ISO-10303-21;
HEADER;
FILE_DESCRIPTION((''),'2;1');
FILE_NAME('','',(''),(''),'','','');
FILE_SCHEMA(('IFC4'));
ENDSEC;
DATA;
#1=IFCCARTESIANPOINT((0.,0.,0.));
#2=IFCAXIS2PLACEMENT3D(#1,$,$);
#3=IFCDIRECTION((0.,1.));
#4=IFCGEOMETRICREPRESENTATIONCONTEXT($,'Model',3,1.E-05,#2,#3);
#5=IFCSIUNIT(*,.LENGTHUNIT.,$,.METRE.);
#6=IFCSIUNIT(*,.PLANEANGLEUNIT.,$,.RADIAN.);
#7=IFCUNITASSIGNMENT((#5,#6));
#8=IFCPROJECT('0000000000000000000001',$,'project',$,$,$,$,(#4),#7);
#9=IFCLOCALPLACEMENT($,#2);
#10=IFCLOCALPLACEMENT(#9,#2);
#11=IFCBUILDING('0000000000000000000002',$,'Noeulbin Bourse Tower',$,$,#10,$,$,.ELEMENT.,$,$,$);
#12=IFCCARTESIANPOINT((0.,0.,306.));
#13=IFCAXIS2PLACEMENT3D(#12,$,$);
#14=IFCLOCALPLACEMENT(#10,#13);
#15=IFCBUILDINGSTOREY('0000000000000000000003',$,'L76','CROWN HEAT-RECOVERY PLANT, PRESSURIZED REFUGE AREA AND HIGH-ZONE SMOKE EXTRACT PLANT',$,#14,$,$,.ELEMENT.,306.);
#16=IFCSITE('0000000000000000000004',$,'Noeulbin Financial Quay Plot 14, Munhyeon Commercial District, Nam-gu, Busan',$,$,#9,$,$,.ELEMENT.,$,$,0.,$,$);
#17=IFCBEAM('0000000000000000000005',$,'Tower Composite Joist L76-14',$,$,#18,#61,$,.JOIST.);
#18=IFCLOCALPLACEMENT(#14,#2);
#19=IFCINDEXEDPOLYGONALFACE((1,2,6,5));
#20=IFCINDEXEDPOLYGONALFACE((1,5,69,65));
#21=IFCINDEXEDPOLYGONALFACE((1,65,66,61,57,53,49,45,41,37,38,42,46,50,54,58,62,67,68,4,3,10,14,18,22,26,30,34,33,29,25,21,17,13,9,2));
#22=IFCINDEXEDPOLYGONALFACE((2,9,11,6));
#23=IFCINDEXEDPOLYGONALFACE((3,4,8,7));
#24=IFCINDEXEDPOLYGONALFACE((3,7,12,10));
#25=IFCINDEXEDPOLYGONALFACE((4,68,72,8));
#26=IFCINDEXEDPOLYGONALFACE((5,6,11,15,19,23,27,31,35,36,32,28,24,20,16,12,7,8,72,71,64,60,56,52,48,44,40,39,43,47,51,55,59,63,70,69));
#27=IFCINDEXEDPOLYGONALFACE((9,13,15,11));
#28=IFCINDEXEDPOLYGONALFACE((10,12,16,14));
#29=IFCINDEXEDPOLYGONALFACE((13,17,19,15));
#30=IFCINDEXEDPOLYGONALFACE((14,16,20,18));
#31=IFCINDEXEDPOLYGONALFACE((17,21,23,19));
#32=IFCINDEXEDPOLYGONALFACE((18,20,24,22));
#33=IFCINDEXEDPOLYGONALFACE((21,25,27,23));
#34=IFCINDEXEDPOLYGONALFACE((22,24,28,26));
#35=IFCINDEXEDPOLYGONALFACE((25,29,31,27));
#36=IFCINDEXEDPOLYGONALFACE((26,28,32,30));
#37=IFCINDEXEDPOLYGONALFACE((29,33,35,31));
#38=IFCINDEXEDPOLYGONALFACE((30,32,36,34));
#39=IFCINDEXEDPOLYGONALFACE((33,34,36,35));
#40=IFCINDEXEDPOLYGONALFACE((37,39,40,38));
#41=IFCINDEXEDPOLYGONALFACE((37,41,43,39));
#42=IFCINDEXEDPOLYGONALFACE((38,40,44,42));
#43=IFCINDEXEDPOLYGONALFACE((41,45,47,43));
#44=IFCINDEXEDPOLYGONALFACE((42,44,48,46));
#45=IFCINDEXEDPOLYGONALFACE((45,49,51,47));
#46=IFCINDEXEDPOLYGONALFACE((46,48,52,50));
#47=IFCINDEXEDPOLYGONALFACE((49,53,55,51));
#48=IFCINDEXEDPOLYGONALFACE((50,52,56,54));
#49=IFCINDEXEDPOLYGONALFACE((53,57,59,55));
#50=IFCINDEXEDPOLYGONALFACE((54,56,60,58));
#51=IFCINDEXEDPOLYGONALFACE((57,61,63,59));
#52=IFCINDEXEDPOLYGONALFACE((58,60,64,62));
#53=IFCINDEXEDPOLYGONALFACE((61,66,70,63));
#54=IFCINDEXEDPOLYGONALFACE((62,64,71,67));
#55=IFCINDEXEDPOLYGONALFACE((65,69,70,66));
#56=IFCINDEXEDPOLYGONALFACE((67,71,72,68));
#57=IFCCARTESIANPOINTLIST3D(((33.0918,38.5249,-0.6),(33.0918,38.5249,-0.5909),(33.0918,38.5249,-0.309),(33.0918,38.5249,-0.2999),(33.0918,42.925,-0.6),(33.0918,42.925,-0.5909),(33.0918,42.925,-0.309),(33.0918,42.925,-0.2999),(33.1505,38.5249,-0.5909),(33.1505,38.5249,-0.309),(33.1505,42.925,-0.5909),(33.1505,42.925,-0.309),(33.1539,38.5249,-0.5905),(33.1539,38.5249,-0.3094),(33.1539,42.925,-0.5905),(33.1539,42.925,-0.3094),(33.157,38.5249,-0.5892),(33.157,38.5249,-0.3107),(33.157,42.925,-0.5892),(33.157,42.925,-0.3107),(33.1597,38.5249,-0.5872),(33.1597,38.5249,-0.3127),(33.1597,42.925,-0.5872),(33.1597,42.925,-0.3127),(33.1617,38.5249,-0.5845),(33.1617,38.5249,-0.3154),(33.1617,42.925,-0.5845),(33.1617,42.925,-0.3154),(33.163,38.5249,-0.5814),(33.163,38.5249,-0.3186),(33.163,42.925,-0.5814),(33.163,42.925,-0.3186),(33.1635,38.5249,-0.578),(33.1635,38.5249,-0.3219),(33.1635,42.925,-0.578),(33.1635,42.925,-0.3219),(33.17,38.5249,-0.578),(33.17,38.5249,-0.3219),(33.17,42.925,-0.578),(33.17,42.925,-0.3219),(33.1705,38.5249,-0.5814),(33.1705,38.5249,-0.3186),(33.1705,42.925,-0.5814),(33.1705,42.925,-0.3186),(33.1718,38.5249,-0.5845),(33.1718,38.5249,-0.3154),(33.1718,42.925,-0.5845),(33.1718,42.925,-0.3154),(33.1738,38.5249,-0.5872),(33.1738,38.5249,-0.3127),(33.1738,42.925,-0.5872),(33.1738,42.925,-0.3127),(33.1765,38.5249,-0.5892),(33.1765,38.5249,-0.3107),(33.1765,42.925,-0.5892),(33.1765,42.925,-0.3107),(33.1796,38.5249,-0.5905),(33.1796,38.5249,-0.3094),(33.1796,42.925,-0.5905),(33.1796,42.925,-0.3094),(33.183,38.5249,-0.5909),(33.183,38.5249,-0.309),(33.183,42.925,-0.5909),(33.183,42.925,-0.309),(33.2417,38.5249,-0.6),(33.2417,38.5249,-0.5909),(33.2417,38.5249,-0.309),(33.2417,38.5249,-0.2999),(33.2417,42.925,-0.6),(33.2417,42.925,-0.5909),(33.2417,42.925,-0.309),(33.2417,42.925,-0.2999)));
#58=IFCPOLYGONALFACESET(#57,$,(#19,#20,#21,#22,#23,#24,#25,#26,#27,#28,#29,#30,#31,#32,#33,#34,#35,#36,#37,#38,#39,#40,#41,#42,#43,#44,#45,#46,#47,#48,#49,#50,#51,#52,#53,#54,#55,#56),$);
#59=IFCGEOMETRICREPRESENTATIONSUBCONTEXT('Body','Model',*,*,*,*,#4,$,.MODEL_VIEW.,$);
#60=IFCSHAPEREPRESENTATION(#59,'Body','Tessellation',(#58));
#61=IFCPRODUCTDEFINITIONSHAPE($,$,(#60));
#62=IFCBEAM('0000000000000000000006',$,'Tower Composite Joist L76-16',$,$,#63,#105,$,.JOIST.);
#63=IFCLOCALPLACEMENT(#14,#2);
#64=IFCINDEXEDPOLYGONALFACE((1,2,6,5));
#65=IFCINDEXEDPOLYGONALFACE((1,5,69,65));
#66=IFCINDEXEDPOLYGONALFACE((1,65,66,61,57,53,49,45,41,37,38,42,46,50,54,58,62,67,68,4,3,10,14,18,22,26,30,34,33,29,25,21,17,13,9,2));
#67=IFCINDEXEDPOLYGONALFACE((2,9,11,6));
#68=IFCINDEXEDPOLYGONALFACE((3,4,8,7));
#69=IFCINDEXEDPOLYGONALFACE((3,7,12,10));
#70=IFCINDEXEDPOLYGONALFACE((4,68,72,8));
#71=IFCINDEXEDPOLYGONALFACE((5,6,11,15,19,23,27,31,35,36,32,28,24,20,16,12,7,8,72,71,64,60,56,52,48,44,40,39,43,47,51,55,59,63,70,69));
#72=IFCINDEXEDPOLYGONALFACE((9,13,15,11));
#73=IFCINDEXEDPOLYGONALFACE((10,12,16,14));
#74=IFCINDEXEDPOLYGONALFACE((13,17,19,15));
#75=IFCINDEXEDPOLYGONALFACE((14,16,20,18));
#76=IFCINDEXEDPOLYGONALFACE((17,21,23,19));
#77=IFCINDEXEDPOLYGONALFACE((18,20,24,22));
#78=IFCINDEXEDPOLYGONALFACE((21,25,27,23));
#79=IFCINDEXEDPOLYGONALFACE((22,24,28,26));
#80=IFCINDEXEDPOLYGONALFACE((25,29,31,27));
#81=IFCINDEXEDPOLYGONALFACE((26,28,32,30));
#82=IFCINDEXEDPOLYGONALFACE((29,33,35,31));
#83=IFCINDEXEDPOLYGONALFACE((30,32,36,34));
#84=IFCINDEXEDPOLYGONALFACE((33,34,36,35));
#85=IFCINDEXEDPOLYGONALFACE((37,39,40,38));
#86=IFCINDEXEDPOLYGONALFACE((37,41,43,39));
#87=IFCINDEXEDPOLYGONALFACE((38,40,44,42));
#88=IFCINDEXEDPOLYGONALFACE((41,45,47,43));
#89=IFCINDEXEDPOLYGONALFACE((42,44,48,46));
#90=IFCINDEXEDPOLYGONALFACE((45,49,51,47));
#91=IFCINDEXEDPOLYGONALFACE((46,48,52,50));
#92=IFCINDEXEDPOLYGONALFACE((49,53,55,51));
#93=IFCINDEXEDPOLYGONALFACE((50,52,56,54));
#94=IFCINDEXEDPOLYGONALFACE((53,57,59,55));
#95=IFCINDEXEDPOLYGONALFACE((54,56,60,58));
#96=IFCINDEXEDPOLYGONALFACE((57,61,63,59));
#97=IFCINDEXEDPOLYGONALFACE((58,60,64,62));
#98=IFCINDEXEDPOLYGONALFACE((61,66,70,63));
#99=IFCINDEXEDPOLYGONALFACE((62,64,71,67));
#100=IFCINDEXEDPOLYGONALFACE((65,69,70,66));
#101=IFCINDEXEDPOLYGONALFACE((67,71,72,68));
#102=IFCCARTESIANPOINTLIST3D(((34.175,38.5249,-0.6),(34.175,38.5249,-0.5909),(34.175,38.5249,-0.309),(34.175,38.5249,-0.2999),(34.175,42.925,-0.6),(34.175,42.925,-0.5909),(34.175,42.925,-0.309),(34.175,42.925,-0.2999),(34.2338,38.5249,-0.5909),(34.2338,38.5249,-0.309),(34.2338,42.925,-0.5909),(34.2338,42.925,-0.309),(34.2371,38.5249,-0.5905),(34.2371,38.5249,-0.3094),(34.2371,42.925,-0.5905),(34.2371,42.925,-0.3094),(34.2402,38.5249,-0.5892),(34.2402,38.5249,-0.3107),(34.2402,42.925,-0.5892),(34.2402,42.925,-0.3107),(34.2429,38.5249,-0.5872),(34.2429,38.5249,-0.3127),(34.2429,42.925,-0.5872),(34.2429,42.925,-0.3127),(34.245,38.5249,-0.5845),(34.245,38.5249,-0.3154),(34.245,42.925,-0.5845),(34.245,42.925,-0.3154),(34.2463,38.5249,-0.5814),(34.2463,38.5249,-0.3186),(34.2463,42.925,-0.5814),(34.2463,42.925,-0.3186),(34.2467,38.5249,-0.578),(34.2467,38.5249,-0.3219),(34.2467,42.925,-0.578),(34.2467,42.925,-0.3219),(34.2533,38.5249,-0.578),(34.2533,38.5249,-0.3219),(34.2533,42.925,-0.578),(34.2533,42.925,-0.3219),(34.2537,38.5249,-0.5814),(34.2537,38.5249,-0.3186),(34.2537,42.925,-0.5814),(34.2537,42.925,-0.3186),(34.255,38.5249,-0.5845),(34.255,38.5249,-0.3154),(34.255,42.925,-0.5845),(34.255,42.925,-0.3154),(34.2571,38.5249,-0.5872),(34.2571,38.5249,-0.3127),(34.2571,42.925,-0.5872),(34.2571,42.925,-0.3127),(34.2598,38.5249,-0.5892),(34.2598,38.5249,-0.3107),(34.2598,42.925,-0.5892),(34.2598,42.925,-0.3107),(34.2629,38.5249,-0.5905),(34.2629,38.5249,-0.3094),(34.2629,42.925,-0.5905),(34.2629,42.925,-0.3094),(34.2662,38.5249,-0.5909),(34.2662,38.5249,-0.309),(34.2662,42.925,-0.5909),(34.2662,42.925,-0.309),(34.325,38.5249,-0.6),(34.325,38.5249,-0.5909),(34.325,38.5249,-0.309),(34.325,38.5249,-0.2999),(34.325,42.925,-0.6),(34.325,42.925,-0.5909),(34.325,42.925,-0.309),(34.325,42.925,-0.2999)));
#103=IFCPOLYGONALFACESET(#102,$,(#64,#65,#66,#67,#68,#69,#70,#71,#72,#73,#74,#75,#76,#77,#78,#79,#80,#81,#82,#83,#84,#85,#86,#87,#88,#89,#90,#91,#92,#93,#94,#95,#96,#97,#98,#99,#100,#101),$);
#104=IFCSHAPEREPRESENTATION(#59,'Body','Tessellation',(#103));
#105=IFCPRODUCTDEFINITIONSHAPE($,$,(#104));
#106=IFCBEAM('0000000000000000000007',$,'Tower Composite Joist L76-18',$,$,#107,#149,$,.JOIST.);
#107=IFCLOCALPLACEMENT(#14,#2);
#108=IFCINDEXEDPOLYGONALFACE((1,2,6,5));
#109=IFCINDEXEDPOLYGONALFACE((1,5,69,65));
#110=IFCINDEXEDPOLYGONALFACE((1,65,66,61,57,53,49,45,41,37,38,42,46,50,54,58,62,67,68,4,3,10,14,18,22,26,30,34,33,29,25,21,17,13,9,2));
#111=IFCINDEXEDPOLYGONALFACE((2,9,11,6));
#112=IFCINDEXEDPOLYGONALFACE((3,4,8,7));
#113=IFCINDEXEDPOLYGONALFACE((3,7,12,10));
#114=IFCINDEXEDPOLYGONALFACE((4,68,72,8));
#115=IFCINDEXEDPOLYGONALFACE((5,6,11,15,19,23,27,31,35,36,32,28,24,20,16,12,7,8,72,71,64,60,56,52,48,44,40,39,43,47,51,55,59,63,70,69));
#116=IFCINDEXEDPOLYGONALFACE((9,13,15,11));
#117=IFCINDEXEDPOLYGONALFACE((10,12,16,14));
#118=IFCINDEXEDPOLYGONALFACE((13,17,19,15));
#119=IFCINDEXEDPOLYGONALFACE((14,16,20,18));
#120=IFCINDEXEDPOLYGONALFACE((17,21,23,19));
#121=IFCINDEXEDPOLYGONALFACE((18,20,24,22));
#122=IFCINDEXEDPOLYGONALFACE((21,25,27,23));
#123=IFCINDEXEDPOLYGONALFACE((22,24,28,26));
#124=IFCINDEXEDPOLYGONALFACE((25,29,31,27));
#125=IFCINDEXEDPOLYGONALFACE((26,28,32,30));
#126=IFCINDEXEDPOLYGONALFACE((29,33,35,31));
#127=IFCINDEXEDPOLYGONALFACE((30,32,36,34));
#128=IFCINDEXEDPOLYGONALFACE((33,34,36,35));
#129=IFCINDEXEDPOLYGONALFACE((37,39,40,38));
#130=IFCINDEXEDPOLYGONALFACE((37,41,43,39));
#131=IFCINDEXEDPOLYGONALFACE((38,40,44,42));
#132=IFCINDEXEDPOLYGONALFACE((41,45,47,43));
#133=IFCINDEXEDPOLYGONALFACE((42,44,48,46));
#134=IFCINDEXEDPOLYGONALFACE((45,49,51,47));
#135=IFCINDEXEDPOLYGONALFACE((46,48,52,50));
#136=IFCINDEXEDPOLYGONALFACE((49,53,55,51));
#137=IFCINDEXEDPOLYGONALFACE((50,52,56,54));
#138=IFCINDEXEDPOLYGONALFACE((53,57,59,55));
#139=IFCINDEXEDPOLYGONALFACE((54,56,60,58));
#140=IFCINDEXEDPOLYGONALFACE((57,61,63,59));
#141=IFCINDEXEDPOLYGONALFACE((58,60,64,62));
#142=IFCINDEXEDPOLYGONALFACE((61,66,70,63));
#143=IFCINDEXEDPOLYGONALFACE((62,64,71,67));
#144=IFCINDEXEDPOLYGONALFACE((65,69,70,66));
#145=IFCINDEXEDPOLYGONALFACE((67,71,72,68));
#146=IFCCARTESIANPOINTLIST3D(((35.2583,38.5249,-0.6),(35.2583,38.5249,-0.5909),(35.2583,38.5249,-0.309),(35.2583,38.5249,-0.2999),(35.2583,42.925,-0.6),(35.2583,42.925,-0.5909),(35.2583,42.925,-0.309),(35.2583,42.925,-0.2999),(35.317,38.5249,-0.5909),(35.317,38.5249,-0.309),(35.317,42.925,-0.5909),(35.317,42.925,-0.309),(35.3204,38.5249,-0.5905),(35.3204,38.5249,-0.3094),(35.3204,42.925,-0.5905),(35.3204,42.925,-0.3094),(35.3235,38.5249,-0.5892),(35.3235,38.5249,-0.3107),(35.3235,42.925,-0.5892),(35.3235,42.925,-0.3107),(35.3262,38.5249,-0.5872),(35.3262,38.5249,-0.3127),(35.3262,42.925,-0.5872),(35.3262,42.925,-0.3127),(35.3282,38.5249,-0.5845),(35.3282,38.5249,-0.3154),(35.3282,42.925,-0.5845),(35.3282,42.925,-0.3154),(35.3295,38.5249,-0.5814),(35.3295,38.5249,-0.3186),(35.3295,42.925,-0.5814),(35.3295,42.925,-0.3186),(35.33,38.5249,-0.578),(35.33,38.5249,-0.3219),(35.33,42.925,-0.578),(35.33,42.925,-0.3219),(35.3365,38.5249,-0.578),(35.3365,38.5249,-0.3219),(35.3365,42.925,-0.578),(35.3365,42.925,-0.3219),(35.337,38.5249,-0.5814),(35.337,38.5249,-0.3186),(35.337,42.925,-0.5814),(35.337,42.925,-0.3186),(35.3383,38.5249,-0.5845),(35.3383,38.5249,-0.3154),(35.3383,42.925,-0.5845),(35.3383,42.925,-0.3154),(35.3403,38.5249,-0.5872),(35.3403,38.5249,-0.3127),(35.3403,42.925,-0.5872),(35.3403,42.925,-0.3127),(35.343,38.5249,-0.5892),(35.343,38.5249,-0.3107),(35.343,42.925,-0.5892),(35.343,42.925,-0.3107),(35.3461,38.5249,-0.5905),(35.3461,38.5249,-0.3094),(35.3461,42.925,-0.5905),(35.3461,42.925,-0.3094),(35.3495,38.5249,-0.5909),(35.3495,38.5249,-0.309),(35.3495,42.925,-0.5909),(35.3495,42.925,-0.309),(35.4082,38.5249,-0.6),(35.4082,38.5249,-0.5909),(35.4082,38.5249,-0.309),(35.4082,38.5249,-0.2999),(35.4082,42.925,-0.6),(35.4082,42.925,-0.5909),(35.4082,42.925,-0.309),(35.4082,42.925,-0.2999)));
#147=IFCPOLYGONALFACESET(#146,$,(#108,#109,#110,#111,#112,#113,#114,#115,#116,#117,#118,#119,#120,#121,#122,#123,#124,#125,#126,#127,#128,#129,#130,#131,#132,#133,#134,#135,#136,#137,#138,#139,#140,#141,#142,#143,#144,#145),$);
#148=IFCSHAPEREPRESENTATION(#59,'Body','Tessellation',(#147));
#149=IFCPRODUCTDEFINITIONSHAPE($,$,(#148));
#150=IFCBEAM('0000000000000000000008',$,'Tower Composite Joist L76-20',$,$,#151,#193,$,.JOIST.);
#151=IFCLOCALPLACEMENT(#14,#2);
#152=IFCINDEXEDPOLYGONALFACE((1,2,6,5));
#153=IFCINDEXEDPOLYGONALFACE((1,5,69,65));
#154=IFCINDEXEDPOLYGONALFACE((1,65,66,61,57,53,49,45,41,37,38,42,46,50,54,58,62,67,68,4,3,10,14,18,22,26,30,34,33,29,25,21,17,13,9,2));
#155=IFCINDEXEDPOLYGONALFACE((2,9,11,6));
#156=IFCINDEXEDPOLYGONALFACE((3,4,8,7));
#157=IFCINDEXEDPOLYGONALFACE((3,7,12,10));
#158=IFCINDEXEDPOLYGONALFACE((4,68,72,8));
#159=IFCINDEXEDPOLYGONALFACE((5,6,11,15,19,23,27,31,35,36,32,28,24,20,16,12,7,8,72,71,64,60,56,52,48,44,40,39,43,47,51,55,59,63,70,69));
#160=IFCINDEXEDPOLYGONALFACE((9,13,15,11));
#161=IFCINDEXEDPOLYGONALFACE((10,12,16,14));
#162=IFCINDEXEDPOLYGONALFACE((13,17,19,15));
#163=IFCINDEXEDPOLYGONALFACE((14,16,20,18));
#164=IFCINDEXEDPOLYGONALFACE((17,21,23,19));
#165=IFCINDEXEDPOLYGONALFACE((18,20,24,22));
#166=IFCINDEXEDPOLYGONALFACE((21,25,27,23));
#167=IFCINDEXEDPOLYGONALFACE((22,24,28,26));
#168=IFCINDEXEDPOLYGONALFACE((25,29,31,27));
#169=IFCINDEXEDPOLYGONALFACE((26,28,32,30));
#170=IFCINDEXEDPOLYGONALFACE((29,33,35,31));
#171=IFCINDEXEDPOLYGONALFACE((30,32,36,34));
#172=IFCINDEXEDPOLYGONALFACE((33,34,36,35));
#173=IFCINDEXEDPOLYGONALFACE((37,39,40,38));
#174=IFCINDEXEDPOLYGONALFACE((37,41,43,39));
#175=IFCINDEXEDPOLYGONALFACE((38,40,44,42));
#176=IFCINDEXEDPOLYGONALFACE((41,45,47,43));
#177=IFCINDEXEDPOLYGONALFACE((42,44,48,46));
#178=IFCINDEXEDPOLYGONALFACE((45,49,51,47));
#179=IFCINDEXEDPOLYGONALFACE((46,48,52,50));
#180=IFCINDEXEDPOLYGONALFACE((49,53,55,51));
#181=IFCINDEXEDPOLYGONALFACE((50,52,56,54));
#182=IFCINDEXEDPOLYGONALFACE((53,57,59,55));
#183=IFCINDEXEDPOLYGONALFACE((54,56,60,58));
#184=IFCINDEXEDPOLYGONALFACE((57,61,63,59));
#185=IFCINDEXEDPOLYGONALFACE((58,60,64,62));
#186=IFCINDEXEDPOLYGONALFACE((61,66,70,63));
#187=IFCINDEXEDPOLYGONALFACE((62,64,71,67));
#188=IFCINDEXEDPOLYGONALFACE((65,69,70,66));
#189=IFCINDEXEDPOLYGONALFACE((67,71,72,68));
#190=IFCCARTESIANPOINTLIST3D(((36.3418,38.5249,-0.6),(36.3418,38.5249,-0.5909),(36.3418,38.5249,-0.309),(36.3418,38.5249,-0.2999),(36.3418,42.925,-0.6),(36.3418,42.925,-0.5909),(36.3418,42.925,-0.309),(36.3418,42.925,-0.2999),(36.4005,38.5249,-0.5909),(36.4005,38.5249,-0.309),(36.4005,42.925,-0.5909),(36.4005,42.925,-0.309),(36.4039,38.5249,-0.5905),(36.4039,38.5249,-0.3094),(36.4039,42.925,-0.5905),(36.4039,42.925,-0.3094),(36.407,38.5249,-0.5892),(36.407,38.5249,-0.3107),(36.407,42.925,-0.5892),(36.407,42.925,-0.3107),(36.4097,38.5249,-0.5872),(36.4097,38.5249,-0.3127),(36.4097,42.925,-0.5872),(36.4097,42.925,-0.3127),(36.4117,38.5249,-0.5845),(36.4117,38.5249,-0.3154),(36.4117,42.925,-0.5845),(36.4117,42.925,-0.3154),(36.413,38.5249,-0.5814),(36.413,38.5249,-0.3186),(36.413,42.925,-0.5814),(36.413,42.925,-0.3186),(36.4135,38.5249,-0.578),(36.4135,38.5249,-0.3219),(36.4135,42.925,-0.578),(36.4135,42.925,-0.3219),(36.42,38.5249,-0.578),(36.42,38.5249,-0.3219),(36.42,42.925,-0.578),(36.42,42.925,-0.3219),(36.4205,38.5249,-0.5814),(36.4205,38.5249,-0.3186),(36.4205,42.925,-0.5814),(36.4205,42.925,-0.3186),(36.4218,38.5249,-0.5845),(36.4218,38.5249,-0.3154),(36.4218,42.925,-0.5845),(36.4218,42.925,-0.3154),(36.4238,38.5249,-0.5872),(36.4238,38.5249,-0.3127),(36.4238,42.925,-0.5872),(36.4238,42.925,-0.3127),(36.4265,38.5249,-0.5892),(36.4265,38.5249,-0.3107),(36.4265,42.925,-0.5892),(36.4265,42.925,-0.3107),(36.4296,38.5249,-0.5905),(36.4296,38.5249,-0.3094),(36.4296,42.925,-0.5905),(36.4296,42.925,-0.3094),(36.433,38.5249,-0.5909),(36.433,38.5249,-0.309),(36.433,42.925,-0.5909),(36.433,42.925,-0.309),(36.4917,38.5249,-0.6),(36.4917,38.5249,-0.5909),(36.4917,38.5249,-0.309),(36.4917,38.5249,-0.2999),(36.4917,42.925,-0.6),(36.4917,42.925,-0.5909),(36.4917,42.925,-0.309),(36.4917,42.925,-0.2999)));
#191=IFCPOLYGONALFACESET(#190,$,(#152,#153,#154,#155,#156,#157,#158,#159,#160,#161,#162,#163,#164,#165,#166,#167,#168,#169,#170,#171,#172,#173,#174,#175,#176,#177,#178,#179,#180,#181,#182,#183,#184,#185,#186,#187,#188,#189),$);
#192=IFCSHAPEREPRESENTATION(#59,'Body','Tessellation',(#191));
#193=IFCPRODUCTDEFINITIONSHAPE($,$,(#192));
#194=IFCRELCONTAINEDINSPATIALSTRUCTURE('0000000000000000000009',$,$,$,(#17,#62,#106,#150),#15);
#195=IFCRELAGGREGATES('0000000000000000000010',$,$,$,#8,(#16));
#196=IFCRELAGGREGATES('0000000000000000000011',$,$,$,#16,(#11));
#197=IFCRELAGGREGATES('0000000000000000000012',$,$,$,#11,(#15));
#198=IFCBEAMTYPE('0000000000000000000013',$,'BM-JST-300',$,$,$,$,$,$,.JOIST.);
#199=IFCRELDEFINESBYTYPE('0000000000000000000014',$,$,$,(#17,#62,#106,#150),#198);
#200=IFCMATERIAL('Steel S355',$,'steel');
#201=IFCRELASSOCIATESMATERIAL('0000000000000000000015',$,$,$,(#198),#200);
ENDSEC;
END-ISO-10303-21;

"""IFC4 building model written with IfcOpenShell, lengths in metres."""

from ifc_helpers import new_model, si_unit, direction, frame, origin, origin_2d, place, context, subcontext, project, spatial, i_section, extrude, material, material_profile, profile_set, type_object, element, save


model = new_model("IFC4")

# Units and contexts
model_context = context("Model", 3, precision=1e-05, world=origin(), true_north=direction((0.0, 1.0)))
body_context = subcontext(model_context, "Body", "Model", "MODEL_VIEW")
ifc_project = project(units=[si_unit("LENGTHUNIT", "METRE"), si_unit("PLANEANGLEUNIT", "RADIAN")], contexts=[model_context])

# Site, building, storey
site_placement = place(None, origin())
site = spatial("IfcSite", under=ifc_project, at=site_placement, Name="Noeulbin Financial Quay Plot 14, Munhyeon Commercial District, Nam-gu, Busan", CompositionType="ELEMENT", RefElevation=0.0)
building_placement = place(site_placement, origin())
building = spatial("IfcBuilding", under=site, at=building_placement, Name="Noeulbin Bourse Tower", CompositionType="ELEMENT")
storey_placement = place(building_placement, frame((0.0, 0.0, 306.0)))
storey = spatial("IfcBuildingStorey", under=building, at=storey_placement, Name="L76", Description="CROWN HEAT-RECOVERY PLANT, PRESSURIZED REFUGE AREA AND HIGH-ZONE SMOKE EXTRACT PLANT", CompositionType="ELEMENT", Elevation=306.0)

# Shared definitions
ifc_material_1 = material(Name="Steel S355", Category="steel")

# Beams
ifc_material_profile_1 = material_profile(ifc_material_1, i_section(OverallWidth=0.1499, OverallDepth=0.3, WebThickness=0.0066, FlangeThickness=0.009, FilletRadius=0.0129, at=origin_2d()), Name="H-300x150x6.5x9", Category="LoadBearing")
ifc_profile_set_1 = profile_set([ifc_material_profile_1], Name="Steel S355")
beam_type_1 = type_object("IfcBeamType", Name="BM-JST-300", PredefinedType="JOIST", material=ifc_profile_set_1)
for number, where, z_axis, x_axis, name in (
    (1, (33.1667, 38.5249, -0.45), (0.0, 1.0, 0.0), (-1.0, 0.0, 0.0), "Tower Composite Joist L76-14"),
    (2, (34.25, 38.5249, -0.45), (0.0, 1.0, 0.0), (-1.0, 0.0, 0.0), "Tower Composite Joist L76-16"),
    (3, (35.3333, 38.5249, -0.45), (0.0, 1.0, 0.0), (-1.0, 0.0, 0.0), "Tower Composite Joist L76-18"),
    (4, (36.4167, 38.5249, -0.45), (0.0, 1.0, 0.0), (-1.0, 0.0, 0.0), "Tower Composite Joist L76-20"),
):
    element("IfcBeam", number, at=place(storey_placement, frame(where, z_axis=z_axis, x_axis=x_axis)), inside=storey, type_object=beam_type_1, Name=name, PredefinedType="JOIST", context=body_context, shape_type="SweptSolid", body=[
        extrude(i_section(OverallWidth=0.1499, OverallDepth=0.3, WebThickness=0.0066, FlangeThickness=0.009, FilletRadius=0.0129, at=origin_2d()), origin(), (0.0, 0.0, 1.0), 4.4001),
    ])

save(model, "model.ifc")
